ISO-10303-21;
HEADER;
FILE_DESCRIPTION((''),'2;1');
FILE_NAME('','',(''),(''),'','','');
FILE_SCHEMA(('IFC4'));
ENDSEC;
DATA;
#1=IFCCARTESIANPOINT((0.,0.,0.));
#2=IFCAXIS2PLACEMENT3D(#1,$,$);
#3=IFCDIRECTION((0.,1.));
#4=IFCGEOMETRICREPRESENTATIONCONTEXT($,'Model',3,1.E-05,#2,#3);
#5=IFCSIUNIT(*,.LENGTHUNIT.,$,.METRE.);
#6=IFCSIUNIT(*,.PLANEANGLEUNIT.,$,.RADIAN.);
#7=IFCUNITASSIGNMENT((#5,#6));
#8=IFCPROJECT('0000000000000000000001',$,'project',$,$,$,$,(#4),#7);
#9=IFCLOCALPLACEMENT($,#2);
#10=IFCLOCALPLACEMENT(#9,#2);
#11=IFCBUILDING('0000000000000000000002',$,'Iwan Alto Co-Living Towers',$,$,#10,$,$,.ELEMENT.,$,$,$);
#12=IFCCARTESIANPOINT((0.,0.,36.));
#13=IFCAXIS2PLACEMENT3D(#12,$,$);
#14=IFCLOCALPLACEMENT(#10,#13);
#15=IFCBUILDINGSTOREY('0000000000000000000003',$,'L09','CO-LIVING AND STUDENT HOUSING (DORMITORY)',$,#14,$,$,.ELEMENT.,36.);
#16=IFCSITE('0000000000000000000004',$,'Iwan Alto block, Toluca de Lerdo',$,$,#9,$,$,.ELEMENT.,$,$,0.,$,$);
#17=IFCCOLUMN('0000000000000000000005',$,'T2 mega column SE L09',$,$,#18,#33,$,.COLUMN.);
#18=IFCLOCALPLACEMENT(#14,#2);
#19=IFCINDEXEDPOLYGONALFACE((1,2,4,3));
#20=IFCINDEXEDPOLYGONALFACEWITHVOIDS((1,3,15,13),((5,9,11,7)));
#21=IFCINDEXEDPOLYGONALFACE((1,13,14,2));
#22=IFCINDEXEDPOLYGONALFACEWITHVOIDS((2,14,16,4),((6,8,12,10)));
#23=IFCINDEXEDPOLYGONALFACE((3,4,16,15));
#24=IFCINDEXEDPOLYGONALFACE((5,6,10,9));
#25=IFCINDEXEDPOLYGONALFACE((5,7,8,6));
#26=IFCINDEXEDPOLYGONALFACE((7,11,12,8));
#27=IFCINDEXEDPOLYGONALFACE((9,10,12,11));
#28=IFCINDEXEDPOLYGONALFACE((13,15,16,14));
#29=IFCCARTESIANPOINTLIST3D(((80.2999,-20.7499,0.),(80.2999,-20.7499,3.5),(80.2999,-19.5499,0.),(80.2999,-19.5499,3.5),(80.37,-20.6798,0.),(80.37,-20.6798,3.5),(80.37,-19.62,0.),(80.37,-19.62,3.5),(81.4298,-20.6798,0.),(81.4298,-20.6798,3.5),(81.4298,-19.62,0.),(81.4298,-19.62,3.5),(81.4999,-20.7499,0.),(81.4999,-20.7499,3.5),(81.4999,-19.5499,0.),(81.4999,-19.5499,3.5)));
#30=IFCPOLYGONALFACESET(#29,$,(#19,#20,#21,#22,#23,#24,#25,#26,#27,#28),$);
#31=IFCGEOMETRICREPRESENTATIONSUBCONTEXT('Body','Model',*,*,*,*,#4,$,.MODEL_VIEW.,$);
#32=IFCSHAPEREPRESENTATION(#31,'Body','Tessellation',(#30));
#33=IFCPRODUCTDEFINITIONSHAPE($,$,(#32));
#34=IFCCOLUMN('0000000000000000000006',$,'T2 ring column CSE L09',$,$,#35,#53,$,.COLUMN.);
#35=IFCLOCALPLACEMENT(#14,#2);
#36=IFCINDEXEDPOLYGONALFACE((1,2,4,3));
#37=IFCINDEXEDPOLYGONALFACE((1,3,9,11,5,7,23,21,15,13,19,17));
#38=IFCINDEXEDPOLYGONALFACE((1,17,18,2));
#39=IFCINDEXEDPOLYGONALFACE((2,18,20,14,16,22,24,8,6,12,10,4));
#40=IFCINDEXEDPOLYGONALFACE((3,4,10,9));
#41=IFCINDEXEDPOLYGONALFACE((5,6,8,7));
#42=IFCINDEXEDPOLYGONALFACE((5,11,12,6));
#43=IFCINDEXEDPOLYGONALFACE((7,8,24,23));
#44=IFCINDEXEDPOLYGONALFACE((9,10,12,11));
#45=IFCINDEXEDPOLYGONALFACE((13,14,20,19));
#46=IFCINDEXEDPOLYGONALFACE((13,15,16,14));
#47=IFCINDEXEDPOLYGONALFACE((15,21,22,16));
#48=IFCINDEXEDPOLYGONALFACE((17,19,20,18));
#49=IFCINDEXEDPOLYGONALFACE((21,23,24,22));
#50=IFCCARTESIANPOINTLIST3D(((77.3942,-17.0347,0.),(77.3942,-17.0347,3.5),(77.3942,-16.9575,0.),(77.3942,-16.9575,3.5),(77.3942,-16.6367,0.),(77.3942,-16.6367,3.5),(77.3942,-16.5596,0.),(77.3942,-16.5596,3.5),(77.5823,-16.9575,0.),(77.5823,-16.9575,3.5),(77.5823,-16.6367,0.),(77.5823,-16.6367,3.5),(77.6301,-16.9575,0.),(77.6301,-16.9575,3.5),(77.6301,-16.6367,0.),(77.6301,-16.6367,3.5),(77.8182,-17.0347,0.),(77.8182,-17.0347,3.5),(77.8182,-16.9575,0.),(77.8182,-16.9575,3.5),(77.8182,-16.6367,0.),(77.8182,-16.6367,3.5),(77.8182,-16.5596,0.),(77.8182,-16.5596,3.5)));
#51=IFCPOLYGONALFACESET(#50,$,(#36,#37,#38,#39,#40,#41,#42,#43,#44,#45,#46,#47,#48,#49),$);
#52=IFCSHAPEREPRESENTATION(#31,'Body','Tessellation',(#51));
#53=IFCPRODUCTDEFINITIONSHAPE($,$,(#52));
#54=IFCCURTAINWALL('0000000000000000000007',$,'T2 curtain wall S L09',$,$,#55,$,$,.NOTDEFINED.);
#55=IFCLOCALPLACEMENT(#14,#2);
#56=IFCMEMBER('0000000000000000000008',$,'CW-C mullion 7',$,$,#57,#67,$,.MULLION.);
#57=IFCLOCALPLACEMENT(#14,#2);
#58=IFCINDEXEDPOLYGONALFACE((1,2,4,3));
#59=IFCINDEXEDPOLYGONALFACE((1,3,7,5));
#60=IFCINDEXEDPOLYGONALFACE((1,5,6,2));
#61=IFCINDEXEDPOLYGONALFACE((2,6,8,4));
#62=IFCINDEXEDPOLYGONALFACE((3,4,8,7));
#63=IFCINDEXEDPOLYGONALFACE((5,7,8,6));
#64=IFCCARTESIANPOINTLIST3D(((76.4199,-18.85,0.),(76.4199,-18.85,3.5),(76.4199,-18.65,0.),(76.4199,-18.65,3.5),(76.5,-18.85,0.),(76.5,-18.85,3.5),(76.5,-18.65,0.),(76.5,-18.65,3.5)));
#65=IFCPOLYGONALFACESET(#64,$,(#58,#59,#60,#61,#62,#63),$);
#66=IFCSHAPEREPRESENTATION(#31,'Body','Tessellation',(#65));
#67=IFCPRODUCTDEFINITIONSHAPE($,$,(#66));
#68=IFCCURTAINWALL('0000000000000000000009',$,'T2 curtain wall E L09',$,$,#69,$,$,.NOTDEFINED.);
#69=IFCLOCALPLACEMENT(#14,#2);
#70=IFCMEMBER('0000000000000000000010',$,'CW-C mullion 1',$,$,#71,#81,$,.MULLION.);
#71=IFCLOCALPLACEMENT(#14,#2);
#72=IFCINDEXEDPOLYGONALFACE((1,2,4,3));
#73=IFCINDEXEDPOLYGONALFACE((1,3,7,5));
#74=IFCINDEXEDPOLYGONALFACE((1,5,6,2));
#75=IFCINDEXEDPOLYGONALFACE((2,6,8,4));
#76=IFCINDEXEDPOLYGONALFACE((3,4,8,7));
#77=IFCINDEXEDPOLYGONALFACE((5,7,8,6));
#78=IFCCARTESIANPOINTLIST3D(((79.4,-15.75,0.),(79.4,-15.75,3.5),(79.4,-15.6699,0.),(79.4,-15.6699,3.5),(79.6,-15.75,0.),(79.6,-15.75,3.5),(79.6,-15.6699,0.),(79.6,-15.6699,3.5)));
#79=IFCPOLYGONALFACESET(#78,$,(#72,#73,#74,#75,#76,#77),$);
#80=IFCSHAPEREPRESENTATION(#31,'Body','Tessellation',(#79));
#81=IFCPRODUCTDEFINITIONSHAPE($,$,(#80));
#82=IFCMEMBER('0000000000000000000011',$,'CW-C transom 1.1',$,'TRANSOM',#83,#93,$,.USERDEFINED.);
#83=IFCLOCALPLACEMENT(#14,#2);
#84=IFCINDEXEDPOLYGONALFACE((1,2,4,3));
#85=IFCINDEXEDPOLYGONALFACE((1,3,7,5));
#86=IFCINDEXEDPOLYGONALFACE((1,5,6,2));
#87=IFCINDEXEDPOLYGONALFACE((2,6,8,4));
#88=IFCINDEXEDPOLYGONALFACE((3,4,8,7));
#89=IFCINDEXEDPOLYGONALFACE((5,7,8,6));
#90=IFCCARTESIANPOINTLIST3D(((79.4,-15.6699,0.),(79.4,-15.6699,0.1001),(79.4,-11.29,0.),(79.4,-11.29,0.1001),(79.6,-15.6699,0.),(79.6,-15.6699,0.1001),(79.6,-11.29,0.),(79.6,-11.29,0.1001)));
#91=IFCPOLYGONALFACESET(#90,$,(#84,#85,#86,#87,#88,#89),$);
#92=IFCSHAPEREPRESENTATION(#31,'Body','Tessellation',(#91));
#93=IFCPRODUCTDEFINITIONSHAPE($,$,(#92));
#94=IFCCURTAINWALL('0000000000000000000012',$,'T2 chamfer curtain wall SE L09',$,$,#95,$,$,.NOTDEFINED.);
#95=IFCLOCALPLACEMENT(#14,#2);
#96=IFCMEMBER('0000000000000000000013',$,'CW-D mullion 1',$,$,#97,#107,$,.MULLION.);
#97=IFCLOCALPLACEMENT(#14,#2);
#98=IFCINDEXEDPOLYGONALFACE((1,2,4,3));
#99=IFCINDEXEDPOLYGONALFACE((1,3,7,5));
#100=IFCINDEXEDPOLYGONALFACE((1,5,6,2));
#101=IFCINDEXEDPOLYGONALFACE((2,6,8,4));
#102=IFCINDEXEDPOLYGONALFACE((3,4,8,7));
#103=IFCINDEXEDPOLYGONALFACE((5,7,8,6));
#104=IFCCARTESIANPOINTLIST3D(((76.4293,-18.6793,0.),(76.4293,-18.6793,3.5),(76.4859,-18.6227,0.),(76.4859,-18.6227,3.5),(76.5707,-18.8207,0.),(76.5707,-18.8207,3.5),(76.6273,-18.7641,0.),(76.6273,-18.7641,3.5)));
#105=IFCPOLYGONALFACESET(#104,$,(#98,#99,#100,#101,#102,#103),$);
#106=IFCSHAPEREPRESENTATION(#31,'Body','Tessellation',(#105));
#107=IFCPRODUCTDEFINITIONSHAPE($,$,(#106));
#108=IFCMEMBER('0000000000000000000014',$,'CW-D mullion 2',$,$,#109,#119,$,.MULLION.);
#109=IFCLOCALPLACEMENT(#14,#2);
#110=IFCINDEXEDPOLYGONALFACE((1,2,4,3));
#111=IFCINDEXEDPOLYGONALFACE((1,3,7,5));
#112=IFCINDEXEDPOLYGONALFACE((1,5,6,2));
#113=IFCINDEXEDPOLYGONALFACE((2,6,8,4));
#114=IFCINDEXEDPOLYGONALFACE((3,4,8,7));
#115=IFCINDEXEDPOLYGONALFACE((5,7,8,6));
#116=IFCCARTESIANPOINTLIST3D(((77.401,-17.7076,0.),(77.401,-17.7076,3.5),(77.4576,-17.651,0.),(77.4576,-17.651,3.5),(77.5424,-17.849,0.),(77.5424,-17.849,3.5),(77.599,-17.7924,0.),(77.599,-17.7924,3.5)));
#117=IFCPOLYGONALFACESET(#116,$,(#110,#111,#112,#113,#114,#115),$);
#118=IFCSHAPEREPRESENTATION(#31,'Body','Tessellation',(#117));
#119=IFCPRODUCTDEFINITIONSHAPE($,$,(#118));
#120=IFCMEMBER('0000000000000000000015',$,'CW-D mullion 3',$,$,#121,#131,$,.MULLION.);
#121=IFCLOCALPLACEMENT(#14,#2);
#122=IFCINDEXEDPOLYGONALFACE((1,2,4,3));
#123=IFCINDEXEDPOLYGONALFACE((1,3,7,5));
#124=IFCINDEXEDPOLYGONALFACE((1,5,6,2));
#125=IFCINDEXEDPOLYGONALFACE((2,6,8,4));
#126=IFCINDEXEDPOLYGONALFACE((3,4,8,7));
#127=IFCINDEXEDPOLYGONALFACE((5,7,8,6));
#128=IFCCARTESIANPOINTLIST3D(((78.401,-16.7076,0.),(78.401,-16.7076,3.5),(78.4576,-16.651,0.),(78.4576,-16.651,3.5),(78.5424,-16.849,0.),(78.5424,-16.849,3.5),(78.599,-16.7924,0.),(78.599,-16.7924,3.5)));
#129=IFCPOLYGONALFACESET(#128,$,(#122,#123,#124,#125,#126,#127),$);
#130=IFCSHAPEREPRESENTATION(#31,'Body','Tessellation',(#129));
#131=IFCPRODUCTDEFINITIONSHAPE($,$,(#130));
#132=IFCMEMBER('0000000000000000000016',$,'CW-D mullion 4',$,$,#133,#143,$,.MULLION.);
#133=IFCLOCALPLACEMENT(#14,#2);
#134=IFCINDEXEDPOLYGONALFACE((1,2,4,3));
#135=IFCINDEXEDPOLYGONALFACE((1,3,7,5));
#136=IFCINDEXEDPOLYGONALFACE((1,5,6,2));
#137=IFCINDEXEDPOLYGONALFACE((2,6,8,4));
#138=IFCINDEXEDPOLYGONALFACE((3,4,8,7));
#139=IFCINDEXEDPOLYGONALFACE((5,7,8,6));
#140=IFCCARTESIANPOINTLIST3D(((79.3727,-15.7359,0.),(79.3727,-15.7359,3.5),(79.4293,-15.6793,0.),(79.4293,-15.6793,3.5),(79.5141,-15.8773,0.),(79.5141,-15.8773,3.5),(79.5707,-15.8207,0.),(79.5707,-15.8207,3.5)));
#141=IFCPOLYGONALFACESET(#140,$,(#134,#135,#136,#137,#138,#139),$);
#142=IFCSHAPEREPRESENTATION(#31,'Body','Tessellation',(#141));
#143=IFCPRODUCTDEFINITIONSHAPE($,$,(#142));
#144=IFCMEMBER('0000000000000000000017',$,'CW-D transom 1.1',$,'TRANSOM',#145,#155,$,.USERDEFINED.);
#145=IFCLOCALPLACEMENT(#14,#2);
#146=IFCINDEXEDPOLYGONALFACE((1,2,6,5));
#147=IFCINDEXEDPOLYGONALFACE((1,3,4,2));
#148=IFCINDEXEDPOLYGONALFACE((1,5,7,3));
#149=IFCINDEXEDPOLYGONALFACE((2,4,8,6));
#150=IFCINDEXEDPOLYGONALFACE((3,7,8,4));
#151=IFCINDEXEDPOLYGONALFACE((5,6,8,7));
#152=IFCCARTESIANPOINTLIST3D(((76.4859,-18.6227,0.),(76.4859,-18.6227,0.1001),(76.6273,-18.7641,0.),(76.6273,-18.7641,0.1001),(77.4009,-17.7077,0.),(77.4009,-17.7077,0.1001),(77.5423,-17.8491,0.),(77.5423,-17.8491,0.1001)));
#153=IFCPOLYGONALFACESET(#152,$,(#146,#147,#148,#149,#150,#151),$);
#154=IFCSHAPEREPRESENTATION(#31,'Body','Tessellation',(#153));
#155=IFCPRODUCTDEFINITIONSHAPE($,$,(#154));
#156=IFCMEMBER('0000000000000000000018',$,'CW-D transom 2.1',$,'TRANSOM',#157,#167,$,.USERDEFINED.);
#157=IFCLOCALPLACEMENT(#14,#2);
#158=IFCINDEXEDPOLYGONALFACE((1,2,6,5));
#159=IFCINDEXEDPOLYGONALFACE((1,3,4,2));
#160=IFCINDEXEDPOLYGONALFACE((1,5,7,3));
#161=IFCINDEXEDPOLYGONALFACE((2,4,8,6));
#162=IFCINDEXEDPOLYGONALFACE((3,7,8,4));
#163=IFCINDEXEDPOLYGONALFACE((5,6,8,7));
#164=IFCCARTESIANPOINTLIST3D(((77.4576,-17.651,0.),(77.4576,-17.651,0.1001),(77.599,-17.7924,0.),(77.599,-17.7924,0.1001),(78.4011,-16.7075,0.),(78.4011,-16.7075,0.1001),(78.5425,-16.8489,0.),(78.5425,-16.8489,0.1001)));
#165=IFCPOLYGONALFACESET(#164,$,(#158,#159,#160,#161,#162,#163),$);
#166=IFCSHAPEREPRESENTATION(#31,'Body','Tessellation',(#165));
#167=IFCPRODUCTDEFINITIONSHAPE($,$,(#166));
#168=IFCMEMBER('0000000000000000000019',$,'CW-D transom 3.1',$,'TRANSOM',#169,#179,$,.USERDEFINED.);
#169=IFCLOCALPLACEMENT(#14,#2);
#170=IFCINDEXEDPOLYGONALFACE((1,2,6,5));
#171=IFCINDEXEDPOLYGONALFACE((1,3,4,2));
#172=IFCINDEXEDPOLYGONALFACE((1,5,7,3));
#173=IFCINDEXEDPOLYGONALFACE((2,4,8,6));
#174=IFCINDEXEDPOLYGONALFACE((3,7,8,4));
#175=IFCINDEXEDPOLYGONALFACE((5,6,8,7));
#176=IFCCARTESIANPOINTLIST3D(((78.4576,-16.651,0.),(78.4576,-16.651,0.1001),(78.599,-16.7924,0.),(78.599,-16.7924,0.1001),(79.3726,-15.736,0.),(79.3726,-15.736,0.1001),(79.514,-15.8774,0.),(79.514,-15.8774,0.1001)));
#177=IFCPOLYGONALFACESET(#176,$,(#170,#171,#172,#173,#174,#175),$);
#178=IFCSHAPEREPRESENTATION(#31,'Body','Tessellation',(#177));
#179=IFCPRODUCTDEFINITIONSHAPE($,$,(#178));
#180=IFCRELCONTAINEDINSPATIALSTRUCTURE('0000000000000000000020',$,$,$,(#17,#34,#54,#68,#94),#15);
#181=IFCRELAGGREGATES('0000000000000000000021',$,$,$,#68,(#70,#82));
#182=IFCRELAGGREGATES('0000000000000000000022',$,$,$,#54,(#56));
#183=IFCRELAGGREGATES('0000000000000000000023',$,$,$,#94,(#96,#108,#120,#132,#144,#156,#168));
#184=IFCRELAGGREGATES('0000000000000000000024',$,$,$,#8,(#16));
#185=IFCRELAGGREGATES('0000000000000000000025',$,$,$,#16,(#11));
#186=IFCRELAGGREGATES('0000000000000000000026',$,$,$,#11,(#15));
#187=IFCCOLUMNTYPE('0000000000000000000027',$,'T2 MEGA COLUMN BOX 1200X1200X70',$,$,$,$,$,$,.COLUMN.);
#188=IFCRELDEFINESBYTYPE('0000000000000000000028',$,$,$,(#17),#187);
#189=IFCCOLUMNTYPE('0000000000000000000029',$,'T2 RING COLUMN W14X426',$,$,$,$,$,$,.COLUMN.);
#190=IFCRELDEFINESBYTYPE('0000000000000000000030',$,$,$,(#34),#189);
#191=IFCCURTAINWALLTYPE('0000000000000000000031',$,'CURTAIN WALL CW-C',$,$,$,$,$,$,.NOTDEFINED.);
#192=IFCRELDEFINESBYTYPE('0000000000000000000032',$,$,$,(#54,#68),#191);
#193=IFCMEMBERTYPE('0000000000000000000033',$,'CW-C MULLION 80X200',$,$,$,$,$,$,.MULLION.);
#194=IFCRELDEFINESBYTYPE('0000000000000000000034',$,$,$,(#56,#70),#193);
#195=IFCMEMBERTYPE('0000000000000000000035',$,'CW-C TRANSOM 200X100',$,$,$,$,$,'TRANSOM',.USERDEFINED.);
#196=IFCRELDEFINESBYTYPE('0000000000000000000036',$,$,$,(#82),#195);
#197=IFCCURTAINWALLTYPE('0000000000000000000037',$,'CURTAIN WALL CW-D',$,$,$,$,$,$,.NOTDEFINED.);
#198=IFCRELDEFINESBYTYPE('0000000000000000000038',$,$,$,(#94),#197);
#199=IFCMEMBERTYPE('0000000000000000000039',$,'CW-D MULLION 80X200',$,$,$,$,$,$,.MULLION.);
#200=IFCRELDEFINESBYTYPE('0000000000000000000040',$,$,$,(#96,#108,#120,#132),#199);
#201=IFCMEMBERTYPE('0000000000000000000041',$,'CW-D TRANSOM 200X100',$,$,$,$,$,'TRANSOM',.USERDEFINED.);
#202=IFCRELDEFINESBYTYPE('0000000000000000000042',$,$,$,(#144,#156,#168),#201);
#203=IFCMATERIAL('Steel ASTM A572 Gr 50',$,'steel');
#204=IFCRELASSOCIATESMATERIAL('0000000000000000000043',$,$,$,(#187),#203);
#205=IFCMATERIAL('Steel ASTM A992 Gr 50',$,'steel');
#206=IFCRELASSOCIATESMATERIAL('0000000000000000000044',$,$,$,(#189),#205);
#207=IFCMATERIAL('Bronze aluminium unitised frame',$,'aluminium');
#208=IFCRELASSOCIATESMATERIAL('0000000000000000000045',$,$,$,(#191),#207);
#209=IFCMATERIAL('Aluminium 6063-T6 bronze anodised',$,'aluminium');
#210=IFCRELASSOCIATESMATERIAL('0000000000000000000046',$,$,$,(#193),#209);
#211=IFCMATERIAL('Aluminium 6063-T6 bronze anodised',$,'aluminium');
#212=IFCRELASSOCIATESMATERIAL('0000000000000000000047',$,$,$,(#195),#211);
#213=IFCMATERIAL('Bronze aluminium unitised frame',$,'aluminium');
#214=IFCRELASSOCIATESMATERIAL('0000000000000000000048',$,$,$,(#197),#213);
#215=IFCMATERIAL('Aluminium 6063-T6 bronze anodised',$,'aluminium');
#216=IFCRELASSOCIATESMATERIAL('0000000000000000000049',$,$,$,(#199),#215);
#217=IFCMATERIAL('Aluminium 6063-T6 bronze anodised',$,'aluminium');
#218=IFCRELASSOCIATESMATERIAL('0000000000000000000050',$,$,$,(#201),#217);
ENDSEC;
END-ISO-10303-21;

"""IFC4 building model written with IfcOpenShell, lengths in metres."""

from ifc_helpers import new_model, si_unit, direction, frame, origin, origin_2d, place, context, subcontext, project, spatial, rectangle, hollow_rectangle, i_section, extrude, material, material_profile, profile_set, type_object, element, aggregate, save


model = new_model("IFC4")

# Units and contexts
model_context = context("Model", 3, precision=1e-05, world=origin(), true_north=direction((0.0, 1.0)))
body_context = subcontext(model_context, "Body", "Model", "MODEL_VIEW")
ifc_project = project(units=[si_unit("LENGTHUNIT", "METRE"), si_unit("PLANEANGLEUNIT", "RADIAN")], contexts=[model_context])

# Site, building, storey
site_placement = place(None, origin())
site = spatial("IfcSite", under=ifc_project, at=site_placement, Name="Iwan Alto block, Toluca de Lerdo", CompositionType="ELEMENT", RefElevation=0.0)
building_placement = place(site_placement, origin())
building = spatial("IfcBuilding", under=site, at=building_placement, Name="Iwan Alto Co-Living Towers", CompositionType="ELEMENT")
storey_placement = place(building_placement, frame((0.0, 0.0, 36.0)))
storey = spatial("IfcBuildingStorey", under=building, at=storey_placement, Name="L09", Description="CO-LIVING AND STUDENT HOUSING (DORMITORY)", CompositionType="ELEMENT", Elevation=36.0)

# Columns
ifc_material_1 = material(Name="Steel ASTM A572 Gr 50", Category="steel")
ifc_material_profile_1 = material_profile(ifc_material_1, hollow_rectangle(XDim=1.2, YDim=1.2, WallThickness=0.0701, at=origin_2d()), Name="BOX 1200X1200X70")
ifc_profile_set_1 = profile_set([ifc_material_profile_1], Name="Steel ASTM A572 Gr 50")
column_type_1 = type_object("IfcColumnType", Name="T2 MEGA COLUMN BOX 1200X1200X70", PredefinedType="COLUMN", material=ifc_profile_set_1)
column_1_placement = place(storey_placement, frame((80.8999, -20.1499, 0.0), z_axis=(0.0, 0.0, 1.0), x_axis=(1.0, 0.0, 0.0)))
element("IfcColumn", 1, at=column_1_placement, inside=storey, type_object=column_type_1, Name="T2 mega column SE L09", PredefinedType="COLUMN", context=body_context, shape_type="SweptSolid", body=[
    extrude(hollow_rectangle(XDim=1.2, YDim=1.2, WallThickness=0.0701, at=origin_2d()), origin(), (0.0, 0.0, 1.0), 3.5),
])
ifc_material_2 = material(Name="Steel ASTM A992 Gr 50", Category="steel")
ifc_material_profile_2 = material_profile(ifc_material_2, i_section(OverallWidth=0.4241, OverallDepth=0.4751, WebThickness=0.0479, FlangeThickness=0.0771, at=origin_2d()), Name="W14X426")
ifc_profile_set_2 = profile_set([ifc_material_profile_2], Name="Steel ASTM A992 Gr 50")
column_type_2 = type_object("IfcColumnType", Name="T2 RING COLUMN W14X426", PredefinedType="COLUMN", material=ifc_profile_set_2)
column_2_placement = place(storey_placement, frame((77.6062, -16.7971, 0.0), z_axis=(0.0, 0.0, 1.0), x_axis=(1.0, 0.0, 0.0)))
element("IfcColumn", 2, at=column_2_placement, inside=storey, type_object=column_type_2, Name="T2 ring column CSE L09", PredefinedType="COLUMN", context=body_context, shape_type="SweptSolid", body=[
    extrude(i_section(OverallWidth=0.4241, OverallDepth=0.4751, WebThickness=0.0479, FlangeThickness=0.0771, at=origin_2d()), origin(), (0.0, 0.0, 1.0), 3.5),
])

# Curtain wall, member
ifc_material_3 = material(Name="Bronze aluminium unitised frame", Category="aluminium")
curtain_wall_type_1 = type_object("IfcCurtainWallType", Name="CURTAIN WALL CW-C", PredefinedType="NOTDEFINED", material=ifc_material_3)
curtain_wall_1_placement = place(storey_placement, origin())
curtain_wall_1 = element("IfcCurtainWall", 3, at=curtain_wall_1_placement, inside=storey, type_object=curtain_wall_type_1, Name="T2 curtain wall S L09", PredefinedType="NOTDEFINED")
ifc_material_4 = material(Name="Aluminium 6063-T6 bronze anodised", Category="aluminium")
ifc_material_profile_3 = material_profile(ifc_material_4, rectangle(XDim=0.2, YDim=0.0801, at=origin_2d()), Name="AL 80X200")
ifc_profile_set_3 = profile_set([ifc_material_profile_3], Name="Aluminium 6063-T6 bronze anodised")
member_type_1 = type_object("IfcMemberType", Name="CW-C MULLION 80X200", PredefinedType="MULLION", material=ifc_profile_set_3)
member_1_placement = place(storey_placement, frame((76.46, -18.75, 0.0), z_axis=(0.0, 0.0, 1.0), x_axis=(0.0, 1.0, 0.0)))
member_1 = element("IfcMember", 4, at=member_1_placement, type_object=member_type_1, Name="CW-C mullion 7", PredefinedType="MULLION", context=body_context, shape_type="SweptSolid", body=[
    extrude(rectangle(XDim=0.2, YDim=0.0801, at=origin_2d()), origin(), (0.0, 0.0, 1.0), 3.5),
])

# Curtain walls, members
curtain_wall_2_placement = place(storey_placement, origin())
curtain_wall_2 = element("IfcCurtainWall", 5, at=curtain_wall_2_placement, inside=storey, type_object=curtain_wall_type_1, Name="T2 curtain wall E L09", PredefinedType="NOTDEFINED")
member_2_placement = place(storey_placement, frame((79.5, -15.71, 0.0), z_axis=(0.0, 0.0, 1.0), x_axis=(-1.0, 0.0, 0.0)))
member_2 = element("IfcMember", 6, at=member_2_placement, type_object=member_type_1, Name="CW-C mullion 1", PredefinedType="MULLION", context=body_context, shape_type="SweptSolid", body=[
    extrude(rectangle(XDim=0.2, YDim=0.0801, at=origin_2d()), origin(), (0.0, 0.0, 1.0), 3.5),
])
ifc_material_5 = material(Name="Aluminium 6063-T6 bronze anodised", Category="aluminium")
ifc_material_profile_4 = material_profile(ifc_material_5, rectangle(XDim=0.2, YDim=0.1001, at=origin_2d()), Name="AL 200X100")
ifc_profile_set_4 = profile_set([ifc_material_profile_4], Name="Aluminium 6063-T6 bronze anodised")
member_type_2 = type_object("IfcMemberType", Name="CW-C TRANSOM 200X100", ElementType="TRANSOM", PredefinedType="USERDEFINED", material=ifc_profile_set_4)
member_3_placement = place(storey_placement, frame((79.5, -15.6699, 0.05), z_axis=(0.0, 1.0, 0.0), x_axis=(-1.0, 0.0, 0.0)))
member_3 = element("IfcMember", 7, at=member_3_placement, type_object=member_type_2, Name="CW-C transom 1.1", ObjectType="TRANSOM", PredefinedType="USERDEFINED", context=body_context, shape_type="SweptSolid", body=[
    extrude(rectangle(XDim=0.2, YDim=0.1001, at=origin_2d()), origin(), (0.0, 0.0, 1.0), 4.3799),
])
aggregate(curtain_wall_2, [member_2, member_3])
ifc_material_6 = material(Name="Bronze aluminium unitised frame", Category="aluminium")
curtain_wall_type_2 = type_object("IfcCurtainWallType", Name="CURTAIN WALL CW-D", PredefinedType="NOTDEFINED", material=ifc_material_6)
curtain_wall_3_placement = place(storey_placement, origin())
curtain_wall_3 = element("IfcCurtainWall", 8, at=curtain_wall_3_placement, inside=storey, type_object=curtain_wall_type_2, Name="T2 chamfer curtain wall SE L09", PredefinedType="NOTDEFINED")
ifc_material_7 = material(Name="Aluminium 6063-T6 bronze anodised", Category="aluminium")
ifc_material_profile_5 = material_profile(ifc_material_7, rectangle(XDim=0.2, YDim=0.0801, at=origin_2d()), Name="AL 80X200")
ifc_profile_set_5 = profile_set([ifc_material_profile_5], Name="Aluminium 6063-T6 bronze anodised")
member_type_3 = type_object("IfcMemberType", Name="CW-D MULLION 80X200", PredefinedType="MULLION", material=ifc_profile_set_5)
member_4_placement = place(storey_placement, frame((76.5283, -18.7217, 0.0), z_axis=(0.0, 0.0, 1.0), x_axis=(-0.707107, 0.707107, 0.0)))
member_4 = element("IfcMember", 9, at=member_4_placement, type_object=member_type_3, Name="CW-D mullion 1", PredefinedType="MULLION", context=body_context, shape_type="SweptSolid", body=[
    extrude(rectangle(XDim=0.2, YDim=0.0801, at=origin_2d()), origin(), (0.0, 0.0, 1.0), 3.5),
])
member_5_placement = place(storey_placement, frame((77.5, -17.75, 0.0), z_axis=(0.0, 0.0, 1.0), x_axis=(-0.707107, 0.707107, 0.0)))
member_5 = element("IfcMember", 10, at=member_5_placement, type_object=member_type_3, Name="CW-D mullion 2", PredefinedType="MULLION", context=body_context, shape_type="SweptSolid", body=[
    extrude(rectangle(XDim=0.2, YDim=0.0801, at=origin_2d()), origin(), (0.0, 0.0, 1.0), 3.5),
])
member_6_placement = place(storey_placement, frame((78.5, -16.75, 0.0), z_axis=(0.0, 0.0, 1.0), x_axis=(-0.707107, 0.707107, 0.0)))
member_6 = element("IfcMember", 11, at=member_6_placement, type_object=member_type_3, Name="CW-D mullion 3", PredefinedType="MULLION", context=body_context, shape_type="SweptSolid", body=[
    extrude(rectangle(XDim=0.2, YDim=0.0801, at=origin_2d()), origin(), (0.0, 0.0, 1.0), 3.5),
])
member_7_placement = place(storey_placement, frame((79.4717, -15.7783, 0.0), z_axis=(0.0, 0.0, 1.0), x_axis=(-0.707107, 0.707107, 0.0)))
member_7 = element("IfcMember", 12, at=member_7_placement, type_object=member_type_3, Name="CW-D mullion 4", PredefinedType="MULLION", context=body_context, shape_type="SweptSolid", body=[
    extrude(rectangle(XDim=0.2, YDim=0.0801, at=origin_2d()), origin(), (0.0, 0.0, 1.0), 3.5),
])
ifc_material_8 = material(Name="Aluminium 6063-T6 bronze anodised", Category="aluminium")
ifc_material_profile_6 = material_profile(ifc_material_8, rectangle(XDim=0.2, YDim=0.1001, at=origin_2d()), Name="AL 200X100")
ifc_profile_set_6 = profile_set([ifc_material_profile_6], Name="Aluminium 6063-T6 bronze anodised")
member_type_4 = type_object("IfcMemberType", Name="CW-D TRANSOM 200X100", ElementType="TRANSOM", PredefinedType="USERDEFINED", material=ifc_profile_set_6)
member_8_placement = place(storey_placement, frame((76.5566, -18.6934, 0.05), z_axis=(0.707107, 0.707107, 0.0), x_axis=(-0.707107, 0.707107, 0.0)))
member_8 = element("IfcMember", 13, at=member_8_placement, type_object=member_type_4, Name="CW-D transom 1.1", ObjectType="TRANSOM", PredefinedType="USERDEFINED", context=body_context, shape_type="SweptSolid", body=[
    extrude(rectangle(XDim=0.2, YDim=0.1001, at=origin_2d()), origin(), (0.0, 0.0, 1.0), 1.2939),
])
member_9_placement = place(storey_placement, frame((77.5283, -17.7217, 0.05), z_axis=(0.707107, 0.707107, 0.0), x_axis=(-0.707107, 0.707107, 0.0)))
member_9 = element("IfcMember", 14, at=member_9_placement, type_object=member_type_4, Name="CW-D transom 2.1", ObjectType="TRANSOM", PredefinedType="USERDEFINED", context=body_context, shape_type="SweptSolid", body=[
    extrude(rectangle(XDim=0.2, YDim=0.1001, at=origin_2d()), origin(), (0.0, 0.0, 1.0), 1.3342),
])
member_10_placement = place(storey_placement, frame((78.5283, -16.7217, 0.05), z_axis=(0.707107, 0.707107, 0.0), x_axis=(-0.707107, 0.707107, 0.0)))
member_10 = element("IfcMember", 15, at=member_10_placement, type_object=member_type_4, Name="CW-D transom 3.1", ObjectType="TRANSOM", PredefinedType="USERDEFINED", context=body_context, shape_type="SweptSolid", body=[
    extrude(rectangle(XDim=0.2, YDim=0.1001, at=origin_2d()), origin(), (0.0, 0.0, 1.0), 1.2939),
])

aggregate(curtain_wall_1, [member_1])
aggregate(curtain_wall_3, [member_4, member_5, member_6, member_7, member_8, member_9, member_10])

save(model, "model.ifc")
